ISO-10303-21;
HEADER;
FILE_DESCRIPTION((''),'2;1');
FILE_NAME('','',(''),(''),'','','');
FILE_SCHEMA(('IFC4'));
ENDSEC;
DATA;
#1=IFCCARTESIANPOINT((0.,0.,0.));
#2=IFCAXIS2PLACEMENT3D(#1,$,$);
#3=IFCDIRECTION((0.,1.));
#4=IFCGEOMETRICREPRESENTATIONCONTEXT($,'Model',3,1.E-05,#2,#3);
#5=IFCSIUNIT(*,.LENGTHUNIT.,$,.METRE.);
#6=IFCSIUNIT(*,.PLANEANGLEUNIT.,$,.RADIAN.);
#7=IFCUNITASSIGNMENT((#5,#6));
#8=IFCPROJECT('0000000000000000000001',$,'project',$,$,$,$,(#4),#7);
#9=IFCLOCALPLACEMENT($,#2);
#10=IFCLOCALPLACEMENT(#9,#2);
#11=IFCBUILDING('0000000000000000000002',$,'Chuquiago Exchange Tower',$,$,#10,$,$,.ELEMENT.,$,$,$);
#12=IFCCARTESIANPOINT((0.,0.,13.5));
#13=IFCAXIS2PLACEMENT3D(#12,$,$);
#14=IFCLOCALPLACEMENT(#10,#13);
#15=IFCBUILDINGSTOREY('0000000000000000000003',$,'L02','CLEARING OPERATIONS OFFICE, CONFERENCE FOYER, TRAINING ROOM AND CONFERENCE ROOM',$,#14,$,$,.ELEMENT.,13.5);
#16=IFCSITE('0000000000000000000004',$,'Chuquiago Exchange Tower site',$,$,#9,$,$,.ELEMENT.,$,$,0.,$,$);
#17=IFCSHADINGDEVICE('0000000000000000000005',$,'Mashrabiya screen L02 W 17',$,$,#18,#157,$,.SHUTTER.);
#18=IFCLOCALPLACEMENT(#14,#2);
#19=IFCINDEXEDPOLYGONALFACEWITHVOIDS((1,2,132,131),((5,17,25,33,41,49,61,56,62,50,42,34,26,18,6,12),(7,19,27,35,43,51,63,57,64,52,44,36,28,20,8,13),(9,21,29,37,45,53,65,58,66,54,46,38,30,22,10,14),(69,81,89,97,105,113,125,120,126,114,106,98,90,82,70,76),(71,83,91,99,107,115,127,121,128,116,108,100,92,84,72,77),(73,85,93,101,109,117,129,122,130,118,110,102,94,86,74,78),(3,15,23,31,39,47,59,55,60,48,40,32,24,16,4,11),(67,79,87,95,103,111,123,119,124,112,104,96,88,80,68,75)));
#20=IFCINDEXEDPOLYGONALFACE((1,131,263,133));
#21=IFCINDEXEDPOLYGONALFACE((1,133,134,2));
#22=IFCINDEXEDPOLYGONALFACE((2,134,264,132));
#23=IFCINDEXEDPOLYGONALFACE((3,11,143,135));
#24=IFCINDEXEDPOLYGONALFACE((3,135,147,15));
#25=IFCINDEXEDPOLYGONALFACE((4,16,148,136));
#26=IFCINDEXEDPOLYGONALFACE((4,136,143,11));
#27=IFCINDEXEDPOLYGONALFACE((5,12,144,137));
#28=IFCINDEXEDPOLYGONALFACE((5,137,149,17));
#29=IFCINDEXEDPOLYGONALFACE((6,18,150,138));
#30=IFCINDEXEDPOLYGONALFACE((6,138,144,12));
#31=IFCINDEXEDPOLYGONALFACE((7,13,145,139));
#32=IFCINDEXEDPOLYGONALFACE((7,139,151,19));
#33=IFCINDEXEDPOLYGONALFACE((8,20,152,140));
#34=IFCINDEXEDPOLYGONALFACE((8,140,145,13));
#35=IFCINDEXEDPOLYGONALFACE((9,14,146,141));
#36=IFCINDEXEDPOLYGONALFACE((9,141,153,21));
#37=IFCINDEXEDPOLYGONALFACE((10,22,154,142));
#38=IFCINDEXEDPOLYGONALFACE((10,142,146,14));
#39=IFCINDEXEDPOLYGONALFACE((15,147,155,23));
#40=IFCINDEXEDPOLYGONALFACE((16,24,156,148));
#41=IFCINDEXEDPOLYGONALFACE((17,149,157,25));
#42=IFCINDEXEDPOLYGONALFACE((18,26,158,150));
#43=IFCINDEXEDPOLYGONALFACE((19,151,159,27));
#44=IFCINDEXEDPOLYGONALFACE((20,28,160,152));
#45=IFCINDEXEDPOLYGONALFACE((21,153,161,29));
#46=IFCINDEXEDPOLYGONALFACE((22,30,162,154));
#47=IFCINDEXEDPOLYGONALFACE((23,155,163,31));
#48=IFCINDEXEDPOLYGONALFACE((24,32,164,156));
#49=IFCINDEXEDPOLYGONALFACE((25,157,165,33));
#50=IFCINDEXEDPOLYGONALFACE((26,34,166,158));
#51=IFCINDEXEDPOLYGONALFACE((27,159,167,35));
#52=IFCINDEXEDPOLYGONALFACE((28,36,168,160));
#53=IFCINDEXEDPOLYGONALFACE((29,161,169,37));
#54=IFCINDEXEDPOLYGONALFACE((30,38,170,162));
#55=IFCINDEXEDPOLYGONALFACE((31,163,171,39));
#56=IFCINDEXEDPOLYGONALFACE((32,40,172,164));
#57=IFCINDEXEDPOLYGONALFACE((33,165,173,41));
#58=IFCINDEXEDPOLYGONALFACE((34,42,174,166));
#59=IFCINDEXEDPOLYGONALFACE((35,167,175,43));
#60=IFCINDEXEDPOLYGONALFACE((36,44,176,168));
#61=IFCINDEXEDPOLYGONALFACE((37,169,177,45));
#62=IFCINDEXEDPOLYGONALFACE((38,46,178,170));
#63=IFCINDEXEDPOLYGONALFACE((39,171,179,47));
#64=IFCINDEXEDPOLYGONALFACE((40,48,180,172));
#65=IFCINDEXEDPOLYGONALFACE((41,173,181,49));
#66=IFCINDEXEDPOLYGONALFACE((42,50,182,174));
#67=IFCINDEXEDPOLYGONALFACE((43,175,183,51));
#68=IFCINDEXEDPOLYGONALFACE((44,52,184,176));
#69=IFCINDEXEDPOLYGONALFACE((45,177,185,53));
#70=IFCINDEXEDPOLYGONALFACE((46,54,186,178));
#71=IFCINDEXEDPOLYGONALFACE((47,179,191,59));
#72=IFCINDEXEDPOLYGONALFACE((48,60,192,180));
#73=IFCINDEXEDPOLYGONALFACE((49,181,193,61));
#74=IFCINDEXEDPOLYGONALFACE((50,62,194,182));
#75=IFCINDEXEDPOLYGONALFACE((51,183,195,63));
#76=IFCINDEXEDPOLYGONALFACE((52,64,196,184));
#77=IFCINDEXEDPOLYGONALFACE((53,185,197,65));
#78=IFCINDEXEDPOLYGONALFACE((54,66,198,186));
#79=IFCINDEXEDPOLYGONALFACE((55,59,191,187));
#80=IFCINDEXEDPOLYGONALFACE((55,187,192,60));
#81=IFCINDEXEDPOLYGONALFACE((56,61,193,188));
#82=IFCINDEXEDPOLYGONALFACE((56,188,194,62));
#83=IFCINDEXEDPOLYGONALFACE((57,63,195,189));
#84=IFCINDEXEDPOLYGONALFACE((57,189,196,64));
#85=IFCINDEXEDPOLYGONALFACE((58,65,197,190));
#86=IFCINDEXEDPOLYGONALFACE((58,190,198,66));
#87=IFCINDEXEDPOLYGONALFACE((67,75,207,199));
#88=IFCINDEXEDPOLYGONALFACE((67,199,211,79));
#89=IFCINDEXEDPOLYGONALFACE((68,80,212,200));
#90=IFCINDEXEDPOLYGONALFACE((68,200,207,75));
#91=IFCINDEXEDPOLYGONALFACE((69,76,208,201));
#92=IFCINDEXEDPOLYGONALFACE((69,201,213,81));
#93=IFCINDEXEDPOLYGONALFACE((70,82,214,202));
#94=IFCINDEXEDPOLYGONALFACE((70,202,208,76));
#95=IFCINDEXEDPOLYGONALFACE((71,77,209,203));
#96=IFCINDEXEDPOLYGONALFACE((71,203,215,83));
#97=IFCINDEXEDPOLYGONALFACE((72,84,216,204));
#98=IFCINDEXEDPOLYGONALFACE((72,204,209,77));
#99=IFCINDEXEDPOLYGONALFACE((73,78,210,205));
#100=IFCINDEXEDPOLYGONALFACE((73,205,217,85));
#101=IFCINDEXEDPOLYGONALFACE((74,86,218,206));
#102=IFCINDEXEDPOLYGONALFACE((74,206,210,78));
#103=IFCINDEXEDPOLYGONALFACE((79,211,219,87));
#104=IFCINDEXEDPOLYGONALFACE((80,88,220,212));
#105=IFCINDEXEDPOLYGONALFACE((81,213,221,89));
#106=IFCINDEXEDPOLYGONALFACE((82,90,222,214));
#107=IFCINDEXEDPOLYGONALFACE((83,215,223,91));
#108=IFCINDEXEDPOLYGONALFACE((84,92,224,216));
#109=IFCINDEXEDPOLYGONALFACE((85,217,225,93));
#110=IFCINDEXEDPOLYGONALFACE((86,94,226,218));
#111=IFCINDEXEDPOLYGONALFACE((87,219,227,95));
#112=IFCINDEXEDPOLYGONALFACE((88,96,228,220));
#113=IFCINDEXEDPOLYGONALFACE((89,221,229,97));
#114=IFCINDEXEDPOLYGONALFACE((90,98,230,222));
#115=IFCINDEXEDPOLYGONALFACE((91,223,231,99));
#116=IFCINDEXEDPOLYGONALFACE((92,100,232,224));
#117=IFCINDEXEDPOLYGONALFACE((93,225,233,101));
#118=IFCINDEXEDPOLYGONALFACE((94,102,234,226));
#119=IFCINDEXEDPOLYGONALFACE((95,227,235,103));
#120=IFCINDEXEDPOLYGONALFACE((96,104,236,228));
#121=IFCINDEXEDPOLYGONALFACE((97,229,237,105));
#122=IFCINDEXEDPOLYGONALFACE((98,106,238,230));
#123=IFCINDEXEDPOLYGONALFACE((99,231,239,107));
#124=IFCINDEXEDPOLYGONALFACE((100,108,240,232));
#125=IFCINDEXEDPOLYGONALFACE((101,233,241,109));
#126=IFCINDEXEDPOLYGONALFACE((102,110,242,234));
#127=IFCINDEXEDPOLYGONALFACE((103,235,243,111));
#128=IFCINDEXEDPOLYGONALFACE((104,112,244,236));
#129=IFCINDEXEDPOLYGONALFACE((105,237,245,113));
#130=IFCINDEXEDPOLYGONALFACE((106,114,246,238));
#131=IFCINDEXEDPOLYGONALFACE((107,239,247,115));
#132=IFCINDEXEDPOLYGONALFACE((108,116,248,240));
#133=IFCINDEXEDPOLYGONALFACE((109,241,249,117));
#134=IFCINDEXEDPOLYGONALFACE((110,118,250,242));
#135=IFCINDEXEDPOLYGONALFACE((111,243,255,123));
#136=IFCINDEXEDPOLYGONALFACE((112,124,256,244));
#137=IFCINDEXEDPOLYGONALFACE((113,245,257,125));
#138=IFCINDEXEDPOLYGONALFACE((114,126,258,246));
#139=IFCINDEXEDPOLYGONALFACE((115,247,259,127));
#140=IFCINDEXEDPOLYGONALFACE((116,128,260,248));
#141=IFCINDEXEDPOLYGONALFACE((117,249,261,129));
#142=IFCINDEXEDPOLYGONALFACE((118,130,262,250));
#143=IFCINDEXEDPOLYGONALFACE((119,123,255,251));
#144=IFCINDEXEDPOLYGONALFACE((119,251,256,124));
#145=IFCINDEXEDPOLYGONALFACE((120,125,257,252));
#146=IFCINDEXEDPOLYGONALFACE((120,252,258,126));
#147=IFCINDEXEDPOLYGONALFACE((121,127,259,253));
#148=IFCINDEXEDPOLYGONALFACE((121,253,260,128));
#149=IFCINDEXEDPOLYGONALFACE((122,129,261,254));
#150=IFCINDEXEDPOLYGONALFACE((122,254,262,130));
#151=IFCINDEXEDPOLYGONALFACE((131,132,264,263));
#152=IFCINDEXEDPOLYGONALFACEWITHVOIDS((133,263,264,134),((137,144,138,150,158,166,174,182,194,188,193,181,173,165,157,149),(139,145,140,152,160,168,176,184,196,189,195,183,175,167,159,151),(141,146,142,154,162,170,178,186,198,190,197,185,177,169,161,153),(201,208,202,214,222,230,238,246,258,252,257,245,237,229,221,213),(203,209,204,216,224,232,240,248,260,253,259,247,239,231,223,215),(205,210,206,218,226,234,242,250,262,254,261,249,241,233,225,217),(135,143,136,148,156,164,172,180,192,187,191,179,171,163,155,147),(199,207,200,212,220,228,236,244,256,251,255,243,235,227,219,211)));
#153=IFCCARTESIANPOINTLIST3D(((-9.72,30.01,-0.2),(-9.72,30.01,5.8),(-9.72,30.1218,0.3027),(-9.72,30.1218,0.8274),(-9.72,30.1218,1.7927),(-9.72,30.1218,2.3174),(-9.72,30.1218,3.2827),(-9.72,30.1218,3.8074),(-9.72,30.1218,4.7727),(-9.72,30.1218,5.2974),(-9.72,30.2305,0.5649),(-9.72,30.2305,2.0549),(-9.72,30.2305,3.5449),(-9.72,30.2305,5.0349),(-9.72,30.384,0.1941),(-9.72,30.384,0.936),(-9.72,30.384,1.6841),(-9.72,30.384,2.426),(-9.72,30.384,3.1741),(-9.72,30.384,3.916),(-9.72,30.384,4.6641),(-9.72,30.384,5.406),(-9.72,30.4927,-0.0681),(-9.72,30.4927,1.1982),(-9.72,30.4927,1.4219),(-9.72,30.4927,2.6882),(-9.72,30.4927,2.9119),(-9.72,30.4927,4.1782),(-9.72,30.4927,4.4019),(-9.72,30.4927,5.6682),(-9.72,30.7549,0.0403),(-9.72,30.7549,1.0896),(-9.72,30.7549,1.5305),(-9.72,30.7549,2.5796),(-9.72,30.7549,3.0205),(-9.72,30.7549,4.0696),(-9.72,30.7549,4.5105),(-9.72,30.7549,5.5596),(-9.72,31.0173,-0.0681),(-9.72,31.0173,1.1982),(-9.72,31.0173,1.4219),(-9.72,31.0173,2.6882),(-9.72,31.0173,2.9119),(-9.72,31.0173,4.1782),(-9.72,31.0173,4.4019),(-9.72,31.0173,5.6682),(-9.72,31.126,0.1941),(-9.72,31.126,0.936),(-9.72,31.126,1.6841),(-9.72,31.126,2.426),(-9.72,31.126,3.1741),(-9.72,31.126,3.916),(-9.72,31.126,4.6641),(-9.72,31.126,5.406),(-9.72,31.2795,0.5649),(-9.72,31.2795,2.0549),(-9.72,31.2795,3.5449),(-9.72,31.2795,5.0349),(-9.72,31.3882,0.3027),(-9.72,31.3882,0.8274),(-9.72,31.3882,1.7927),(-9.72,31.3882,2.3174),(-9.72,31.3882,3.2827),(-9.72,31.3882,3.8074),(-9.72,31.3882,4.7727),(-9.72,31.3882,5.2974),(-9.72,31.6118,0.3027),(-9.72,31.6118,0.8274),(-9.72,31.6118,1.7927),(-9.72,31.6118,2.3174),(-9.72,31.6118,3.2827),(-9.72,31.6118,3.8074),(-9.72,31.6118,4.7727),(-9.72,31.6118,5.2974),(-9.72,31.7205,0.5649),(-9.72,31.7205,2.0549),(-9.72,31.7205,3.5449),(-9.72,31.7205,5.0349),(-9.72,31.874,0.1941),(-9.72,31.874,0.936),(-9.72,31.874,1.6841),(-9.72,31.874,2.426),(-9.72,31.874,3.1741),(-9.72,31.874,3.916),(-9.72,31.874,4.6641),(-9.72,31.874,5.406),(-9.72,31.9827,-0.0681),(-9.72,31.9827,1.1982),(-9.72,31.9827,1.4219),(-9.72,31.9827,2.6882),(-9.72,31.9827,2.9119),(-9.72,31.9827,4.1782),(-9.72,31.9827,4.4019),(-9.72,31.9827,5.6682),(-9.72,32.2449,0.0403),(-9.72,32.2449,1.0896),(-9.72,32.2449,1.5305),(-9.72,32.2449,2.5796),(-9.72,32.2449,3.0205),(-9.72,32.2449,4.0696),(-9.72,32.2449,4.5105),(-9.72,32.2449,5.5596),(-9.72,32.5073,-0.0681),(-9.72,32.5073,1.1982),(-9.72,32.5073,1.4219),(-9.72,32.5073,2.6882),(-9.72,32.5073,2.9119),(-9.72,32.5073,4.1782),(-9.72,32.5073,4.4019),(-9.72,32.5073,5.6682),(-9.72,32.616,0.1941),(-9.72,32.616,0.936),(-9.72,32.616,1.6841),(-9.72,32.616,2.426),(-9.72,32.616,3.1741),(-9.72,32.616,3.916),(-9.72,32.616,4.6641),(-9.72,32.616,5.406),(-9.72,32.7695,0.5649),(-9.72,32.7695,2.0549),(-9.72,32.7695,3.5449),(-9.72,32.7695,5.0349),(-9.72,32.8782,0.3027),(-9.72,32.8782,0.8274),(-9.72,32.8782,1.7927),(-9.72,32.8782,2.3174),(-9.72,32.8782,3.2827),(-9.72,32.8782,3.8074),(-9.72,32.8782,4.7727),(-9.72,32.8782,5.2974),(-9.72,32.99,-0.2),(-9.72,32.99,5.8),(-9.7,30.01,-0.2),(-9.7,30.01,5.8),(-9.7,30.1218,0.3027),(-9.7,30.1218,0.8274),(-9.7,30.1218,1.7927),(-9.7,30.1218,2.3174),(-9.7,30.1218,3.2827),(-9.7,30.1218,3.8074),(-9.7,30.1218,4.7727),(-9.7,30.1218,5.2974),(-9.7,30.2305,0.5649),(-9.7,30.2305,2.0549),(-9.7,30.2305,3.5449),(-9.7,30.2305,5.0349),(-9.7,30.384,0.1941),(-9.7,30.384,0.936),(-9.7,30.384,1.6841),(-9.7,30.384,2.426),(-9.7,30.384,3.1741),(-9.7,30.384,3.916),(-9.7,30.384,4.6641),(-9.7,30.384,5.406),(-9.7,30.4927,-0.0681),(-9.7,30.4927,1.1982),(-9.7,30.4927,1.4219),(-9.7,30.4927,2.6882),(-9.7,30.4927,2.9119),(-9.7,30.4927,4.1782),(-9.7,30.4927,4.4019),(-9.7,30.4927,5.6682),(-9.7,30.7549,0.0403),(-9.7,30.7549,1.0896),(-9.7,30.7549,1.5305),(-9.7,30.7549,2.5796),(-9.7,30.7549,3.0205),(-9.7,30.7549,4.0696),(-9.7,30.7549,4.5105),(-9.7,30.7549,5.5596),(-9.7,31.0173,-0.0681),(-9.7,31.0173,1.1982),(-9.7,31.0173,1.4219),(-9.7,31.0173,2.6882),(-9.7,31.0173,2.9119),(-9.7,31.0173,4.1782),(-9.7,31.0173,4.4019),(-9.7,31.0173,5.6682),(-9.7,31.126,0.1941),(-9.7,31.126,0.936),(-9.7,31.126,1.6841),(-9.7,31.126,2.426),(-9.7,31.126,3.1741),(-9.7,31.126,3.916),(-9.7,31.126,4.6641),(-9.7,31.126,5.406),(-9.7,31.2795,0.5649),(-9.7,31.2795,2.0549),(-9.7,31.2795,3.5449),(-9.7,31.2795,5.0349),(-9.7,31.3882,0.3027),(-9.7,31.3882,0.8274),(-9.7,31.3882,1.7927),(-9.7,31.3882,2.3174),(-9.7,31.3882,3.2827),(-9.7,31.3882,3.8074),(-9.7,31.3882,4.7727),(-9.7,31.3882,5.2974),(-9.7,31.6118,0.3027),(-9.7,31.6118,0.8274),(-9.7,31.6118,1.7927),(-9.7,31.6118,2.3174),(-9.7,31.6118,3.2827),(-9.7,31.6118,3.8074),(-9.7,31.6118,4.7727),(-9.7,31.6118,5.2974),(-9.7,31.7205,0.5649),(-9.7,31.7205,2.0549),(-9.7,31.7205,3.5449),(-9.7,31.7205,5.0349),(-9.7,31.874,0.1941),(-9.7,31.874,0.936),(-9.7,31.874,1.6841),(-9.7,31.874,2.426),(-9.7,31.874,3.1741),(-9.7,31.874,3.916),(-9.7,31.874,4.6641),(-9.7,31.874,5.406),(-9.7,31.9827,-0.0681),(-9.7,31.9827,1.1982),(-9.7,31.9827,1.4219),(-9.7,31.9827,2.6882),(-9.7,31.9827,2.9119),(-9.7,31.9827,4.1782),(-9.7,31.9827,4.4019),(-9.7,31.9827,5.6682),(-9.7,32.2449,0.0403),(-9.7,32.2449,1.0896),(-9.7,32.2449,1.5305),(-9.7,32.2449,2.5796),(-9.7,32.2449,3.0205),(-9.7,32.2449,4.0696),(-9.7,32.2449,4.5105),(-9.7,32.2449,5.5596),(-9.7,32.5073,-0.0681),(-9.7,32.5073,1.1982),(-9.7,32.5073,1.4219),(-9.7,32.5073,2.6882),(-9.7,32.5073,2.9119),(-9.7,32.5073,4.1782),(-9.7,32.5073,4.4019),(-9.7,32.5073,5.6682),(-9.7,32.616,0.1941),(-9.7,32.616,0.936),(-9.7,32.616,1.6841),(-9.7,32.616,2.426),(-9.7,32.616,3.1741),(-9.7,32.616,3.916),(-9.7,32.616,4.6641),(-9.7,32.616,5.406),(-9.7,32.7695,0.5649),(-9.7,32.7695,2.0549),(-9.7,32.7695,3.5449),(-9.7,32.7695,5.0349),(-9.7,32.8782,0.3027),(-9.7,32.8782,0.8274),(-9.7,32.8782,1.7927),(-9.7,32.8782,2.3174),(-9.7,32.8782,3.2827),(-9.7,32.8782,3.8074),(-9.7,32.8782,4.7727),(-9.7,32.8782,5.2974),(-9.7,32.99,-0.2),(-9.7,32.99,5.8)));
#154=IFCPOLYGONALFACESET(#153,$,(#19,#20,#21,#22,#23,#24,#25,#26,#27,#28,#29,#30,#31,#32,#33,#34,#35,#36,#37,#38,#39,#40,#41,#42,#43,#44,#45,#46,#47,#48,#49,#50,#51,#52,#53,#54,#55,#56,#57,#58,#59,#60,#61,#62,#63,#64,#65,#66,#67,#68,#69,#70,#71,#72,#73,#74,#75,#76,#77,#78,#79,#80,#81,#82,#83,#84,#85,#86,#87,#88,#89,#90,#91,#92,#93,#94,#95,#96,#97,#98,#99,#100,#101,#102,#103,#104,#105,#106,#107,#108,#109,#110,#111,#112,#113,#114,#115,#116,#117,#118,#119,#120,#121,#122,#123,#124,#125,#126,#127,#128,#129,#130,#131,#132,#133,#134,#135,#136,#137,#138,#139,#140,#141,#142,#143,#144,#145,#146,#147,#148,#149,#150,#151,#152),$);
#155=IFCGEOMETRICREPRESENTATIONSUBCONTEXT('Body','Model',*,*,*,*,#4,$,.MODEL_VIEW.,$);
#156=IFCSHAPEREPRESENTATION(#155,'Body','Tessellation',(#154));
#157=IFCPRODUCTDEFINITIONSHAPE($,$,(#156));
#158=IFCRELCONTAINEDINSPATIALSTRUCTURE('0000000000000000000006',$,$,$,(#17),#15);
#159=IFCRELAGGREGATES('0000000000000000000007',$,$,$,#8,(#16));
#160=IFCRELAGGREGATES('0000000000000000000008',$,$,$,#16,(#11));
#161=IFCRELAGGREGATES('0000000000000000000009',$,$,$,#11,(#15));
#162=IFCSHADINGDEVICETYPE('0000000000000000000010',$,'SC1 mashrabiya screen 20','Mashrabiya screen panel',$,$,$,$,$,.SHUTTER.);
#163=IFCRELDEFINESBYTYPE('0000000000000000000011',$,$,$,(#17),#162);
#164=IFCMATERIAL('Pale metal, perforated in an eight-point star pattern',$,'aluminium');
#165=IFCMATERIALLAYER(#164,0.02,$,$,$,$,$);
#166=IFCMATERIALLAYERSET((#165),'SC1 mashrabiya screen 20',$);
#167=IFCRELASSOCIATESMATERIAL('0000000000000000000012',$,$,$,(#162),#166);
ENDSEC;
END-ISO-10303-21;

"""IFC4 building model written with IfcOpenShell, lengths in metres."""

from ifc_helpers import new_model, si_unit, direction, frame, origin, place, context, subcontext, project, spatial, polyline, outline, extrude, material, layer, layer_set, type_object, element, save


model = new_model("IFC4")

# Units and contexts
model_context = context("Model", 3, precision=1e-05, world=origin(), true_north=direction((0.0, 1.0)))
body_context = subcontext(model_context, "Body", "Model", "MODEL_VIEW")
ifc_project = project(units=[si_unit("LENGTHUNIT", "METRE"), si_unit("PLANEANGLEUNIT", "RADIAN")], contexts=[model_context])

# Site, building, storey
site_placement = place(None, origin())
site = spatial("IfcSite", under=ifc_project, at=site_placement, Name="Chuquiago Exchange Tower site", CompositionType="ELEMENT", RefElevation=0.0)
building_placement = place(site_placement, origin())
building = spatial("IfcBuilding", under=site, at=building_placement, Name="Chuquiago Exchange Tower", CompositionType="ELEMENT")
storey_placement = place(building_placement, frame((0.0, 0.0, 13.5)))
storey = spatial("IfcBuildingStorey", under=building, at=storey_placement, Name="L02", Description="CLEARING OPERATIONS OFFICE, CONFERENCE FOYER, TRAINING ROOM AND CONFERENCE ROOM", CompositionType="ELEMENT", Elevation=13.5)

# Shading device
ifc_material_1 = material(Name="Pale metal, perforated in an eight-point star pattern", Category="aluminium")
ifc_layer_1 = layer(ifc_material_1, 0.02)
ifc_layer_set_1 = layer_set([ifc_layer_1], Name="SC1 mashrabiya screen 20")
shading_device_type = type_object("IfcShadingDeviceType", Name="SC1 mashrabiya screen 20", Description="Mashrabiya screen panel", PredefinedType="SHUTTER", material=ifc_layer_set_1)
shading_device_1_placement = place(storey_placement, frame((-9.7, 32.99, -0.2), z_axis=(0.0, 0.0, 1.0), x_axis=(0.0, -1.0, 0.0)))
element("IfcShadingDevice", 1, at=shading_device_1_placement, inside=storey, type_object=shading_device_type, Name="Mashrabiya screen L02 W 17", PredefinedType="SHUTTER", context=body_context, shape_type="SweptSolid", body=[
    extrude(outline(polyline([(0.0, 0.0), (2.98, 0.0), (2.98, 6.0), (0.0, 6.0), (0.0, 0.0)]), holes=[polyline([(1.2695, 0.7649), (1.3782, 1.0273), (1.116, 1.136), (1.0073, 1.3982), (0.7451, 1.2896), (0.4827, 1.3982), (0.374, 1.136), (0.1118, 1.0273), (0.2205, 0.7649), (0.1118, 0.5027), (0.374, 0.394), (0.4827, 0.1318), (0.7451, 0.2402), (1.0073, 0.1318), (1.116, 0.394), (1.3782, 0.5027), (1.2695, 0.7649)]), polyline([(2.7595, 0.7649), (2.8682, 1.0273), (2.606, 1.136), (2.4973, 1.3982), (2.2351, 1.2896), (1.9727, 1.3982), (1.864, 1.136), (1.6018, 1.0273), (1.7104, 0.7649), (1.6018, 0.5027), (1.864, 0.394), (1.9727, 0.1318), (2.2351, 0.2402), (2.4973, 0.1318), (2.606, 0.394), (2.8682, 0.5027), (2.7595, 0.7649)]), polyline([(1.2695, 2.2549), (1.3782, 2.5173), (1.116, 2.626), (1.0073, 2.8882), (0.7451, 2.7795), (0.4827, 2.8882), (0.374, 2.626), (0.1118, 2.5173), (0.2205, 2.2549), (0.1118, 1.9927), (0.374, 1.884), (0.4827, 1.6218), (0.7451, 1.7305), (1.0073, 1.6218), (1.116, 1.884), (1.3782, 1.9927), (1.2695, 2.2549)]), polyline([(2.7595, 2.2549), (2.8682, 2.5173), (2.606, 2.626), (2.4973, 2.8882), (2.2351, 2.7795), (1.9727, 2.8882), (1.864, 2.626), (1.6018, 2.5173), (1.7104, 2.2549), (1.6018, 1.9927), (1.864, 1.884), (1.9727, 1.6218), (2.2351, 1.7305), (2.4973, 1.6218), (2.606, 1.884), (2.8682, 1.9927), (2.7595, 2.2549)]), polyline([(1.2695, 3.7449), (1.3782, 4.0073), (1.116, 4.116), (1.0073, 4.3782), (0.7451, 4.2695), (0.4827, 4.3782), (0.374, 4.116), (0.1118, 4.0073), (0.2205, 3.7449), (0.1118, 3.4827), (0.374, 3.374), (0.4827, 3.1118), (0.7451, 3.2205), (1.0073, 3.1118), (1.116, 3.374), (1.3782, 3.4827), (1.2695, 3.7449)]), polyline([(2.7595, 3.7449), (2.8682, 4.0073), (2.606, 4.116), (2.4973, 4.3782), (2.2351, 4.2695), (1.9727, 4.3782), (1.864, 4.116), (1.6018, 4.0073), (1.7104, 3.7449), (1.6018, 3.4827), (1.864, 3.374), (1.9727, 3.1118), (2.2351, 3.2205), (2.4973, 3.1118), (2.606, 3.374), (2.8682, 3.4827), (2.7595, 3.7449)]), polyline([(1.2695, 5.2349), (1.3782, 5.4973), (1.116, 5.606), (1.0073, 5.8682), (0.7451, 5.7595), (0.4827, 5.8682), (0.374, 5.606), (0.1118, 5.4973), (0.2205, 5.2349), (0.1118, 4.9727), (0.374, 4.864), (0.4827, 4.6018), (0.7451, 4.7104), (1.0073, 4.6018), (1.116, 4.864), (1.3782, 4.9727), (1.2695, 5.2349)]), polyline([(2.7595, 5.2349), (2.8682, 5.4973), (2.606, 5.606), (2.4973, 5.8682), (2.2351, 5.7595), (1.9727, 5.8682), (1.864, 5.606), (1.6018, 5.4973), (1.7104, 5.2349), (1.6018, 4.9727), (1.864, 4.864), (1.9727, 4.6018), (2.2351, 4.7104), (2.4973, 4.6018), (2.606, 4.864), (2.8682, 4.9727), (2.7595, 5.2349)])]), frame((0.0, 0.0, 0.0), z_axis=(0.0, -1.0, 0.0), x_axis=(1.0, 0.0, 0.0)), (0.0, 0.0, 1.0), 0.02),
])

save(model, "model.ifc")
